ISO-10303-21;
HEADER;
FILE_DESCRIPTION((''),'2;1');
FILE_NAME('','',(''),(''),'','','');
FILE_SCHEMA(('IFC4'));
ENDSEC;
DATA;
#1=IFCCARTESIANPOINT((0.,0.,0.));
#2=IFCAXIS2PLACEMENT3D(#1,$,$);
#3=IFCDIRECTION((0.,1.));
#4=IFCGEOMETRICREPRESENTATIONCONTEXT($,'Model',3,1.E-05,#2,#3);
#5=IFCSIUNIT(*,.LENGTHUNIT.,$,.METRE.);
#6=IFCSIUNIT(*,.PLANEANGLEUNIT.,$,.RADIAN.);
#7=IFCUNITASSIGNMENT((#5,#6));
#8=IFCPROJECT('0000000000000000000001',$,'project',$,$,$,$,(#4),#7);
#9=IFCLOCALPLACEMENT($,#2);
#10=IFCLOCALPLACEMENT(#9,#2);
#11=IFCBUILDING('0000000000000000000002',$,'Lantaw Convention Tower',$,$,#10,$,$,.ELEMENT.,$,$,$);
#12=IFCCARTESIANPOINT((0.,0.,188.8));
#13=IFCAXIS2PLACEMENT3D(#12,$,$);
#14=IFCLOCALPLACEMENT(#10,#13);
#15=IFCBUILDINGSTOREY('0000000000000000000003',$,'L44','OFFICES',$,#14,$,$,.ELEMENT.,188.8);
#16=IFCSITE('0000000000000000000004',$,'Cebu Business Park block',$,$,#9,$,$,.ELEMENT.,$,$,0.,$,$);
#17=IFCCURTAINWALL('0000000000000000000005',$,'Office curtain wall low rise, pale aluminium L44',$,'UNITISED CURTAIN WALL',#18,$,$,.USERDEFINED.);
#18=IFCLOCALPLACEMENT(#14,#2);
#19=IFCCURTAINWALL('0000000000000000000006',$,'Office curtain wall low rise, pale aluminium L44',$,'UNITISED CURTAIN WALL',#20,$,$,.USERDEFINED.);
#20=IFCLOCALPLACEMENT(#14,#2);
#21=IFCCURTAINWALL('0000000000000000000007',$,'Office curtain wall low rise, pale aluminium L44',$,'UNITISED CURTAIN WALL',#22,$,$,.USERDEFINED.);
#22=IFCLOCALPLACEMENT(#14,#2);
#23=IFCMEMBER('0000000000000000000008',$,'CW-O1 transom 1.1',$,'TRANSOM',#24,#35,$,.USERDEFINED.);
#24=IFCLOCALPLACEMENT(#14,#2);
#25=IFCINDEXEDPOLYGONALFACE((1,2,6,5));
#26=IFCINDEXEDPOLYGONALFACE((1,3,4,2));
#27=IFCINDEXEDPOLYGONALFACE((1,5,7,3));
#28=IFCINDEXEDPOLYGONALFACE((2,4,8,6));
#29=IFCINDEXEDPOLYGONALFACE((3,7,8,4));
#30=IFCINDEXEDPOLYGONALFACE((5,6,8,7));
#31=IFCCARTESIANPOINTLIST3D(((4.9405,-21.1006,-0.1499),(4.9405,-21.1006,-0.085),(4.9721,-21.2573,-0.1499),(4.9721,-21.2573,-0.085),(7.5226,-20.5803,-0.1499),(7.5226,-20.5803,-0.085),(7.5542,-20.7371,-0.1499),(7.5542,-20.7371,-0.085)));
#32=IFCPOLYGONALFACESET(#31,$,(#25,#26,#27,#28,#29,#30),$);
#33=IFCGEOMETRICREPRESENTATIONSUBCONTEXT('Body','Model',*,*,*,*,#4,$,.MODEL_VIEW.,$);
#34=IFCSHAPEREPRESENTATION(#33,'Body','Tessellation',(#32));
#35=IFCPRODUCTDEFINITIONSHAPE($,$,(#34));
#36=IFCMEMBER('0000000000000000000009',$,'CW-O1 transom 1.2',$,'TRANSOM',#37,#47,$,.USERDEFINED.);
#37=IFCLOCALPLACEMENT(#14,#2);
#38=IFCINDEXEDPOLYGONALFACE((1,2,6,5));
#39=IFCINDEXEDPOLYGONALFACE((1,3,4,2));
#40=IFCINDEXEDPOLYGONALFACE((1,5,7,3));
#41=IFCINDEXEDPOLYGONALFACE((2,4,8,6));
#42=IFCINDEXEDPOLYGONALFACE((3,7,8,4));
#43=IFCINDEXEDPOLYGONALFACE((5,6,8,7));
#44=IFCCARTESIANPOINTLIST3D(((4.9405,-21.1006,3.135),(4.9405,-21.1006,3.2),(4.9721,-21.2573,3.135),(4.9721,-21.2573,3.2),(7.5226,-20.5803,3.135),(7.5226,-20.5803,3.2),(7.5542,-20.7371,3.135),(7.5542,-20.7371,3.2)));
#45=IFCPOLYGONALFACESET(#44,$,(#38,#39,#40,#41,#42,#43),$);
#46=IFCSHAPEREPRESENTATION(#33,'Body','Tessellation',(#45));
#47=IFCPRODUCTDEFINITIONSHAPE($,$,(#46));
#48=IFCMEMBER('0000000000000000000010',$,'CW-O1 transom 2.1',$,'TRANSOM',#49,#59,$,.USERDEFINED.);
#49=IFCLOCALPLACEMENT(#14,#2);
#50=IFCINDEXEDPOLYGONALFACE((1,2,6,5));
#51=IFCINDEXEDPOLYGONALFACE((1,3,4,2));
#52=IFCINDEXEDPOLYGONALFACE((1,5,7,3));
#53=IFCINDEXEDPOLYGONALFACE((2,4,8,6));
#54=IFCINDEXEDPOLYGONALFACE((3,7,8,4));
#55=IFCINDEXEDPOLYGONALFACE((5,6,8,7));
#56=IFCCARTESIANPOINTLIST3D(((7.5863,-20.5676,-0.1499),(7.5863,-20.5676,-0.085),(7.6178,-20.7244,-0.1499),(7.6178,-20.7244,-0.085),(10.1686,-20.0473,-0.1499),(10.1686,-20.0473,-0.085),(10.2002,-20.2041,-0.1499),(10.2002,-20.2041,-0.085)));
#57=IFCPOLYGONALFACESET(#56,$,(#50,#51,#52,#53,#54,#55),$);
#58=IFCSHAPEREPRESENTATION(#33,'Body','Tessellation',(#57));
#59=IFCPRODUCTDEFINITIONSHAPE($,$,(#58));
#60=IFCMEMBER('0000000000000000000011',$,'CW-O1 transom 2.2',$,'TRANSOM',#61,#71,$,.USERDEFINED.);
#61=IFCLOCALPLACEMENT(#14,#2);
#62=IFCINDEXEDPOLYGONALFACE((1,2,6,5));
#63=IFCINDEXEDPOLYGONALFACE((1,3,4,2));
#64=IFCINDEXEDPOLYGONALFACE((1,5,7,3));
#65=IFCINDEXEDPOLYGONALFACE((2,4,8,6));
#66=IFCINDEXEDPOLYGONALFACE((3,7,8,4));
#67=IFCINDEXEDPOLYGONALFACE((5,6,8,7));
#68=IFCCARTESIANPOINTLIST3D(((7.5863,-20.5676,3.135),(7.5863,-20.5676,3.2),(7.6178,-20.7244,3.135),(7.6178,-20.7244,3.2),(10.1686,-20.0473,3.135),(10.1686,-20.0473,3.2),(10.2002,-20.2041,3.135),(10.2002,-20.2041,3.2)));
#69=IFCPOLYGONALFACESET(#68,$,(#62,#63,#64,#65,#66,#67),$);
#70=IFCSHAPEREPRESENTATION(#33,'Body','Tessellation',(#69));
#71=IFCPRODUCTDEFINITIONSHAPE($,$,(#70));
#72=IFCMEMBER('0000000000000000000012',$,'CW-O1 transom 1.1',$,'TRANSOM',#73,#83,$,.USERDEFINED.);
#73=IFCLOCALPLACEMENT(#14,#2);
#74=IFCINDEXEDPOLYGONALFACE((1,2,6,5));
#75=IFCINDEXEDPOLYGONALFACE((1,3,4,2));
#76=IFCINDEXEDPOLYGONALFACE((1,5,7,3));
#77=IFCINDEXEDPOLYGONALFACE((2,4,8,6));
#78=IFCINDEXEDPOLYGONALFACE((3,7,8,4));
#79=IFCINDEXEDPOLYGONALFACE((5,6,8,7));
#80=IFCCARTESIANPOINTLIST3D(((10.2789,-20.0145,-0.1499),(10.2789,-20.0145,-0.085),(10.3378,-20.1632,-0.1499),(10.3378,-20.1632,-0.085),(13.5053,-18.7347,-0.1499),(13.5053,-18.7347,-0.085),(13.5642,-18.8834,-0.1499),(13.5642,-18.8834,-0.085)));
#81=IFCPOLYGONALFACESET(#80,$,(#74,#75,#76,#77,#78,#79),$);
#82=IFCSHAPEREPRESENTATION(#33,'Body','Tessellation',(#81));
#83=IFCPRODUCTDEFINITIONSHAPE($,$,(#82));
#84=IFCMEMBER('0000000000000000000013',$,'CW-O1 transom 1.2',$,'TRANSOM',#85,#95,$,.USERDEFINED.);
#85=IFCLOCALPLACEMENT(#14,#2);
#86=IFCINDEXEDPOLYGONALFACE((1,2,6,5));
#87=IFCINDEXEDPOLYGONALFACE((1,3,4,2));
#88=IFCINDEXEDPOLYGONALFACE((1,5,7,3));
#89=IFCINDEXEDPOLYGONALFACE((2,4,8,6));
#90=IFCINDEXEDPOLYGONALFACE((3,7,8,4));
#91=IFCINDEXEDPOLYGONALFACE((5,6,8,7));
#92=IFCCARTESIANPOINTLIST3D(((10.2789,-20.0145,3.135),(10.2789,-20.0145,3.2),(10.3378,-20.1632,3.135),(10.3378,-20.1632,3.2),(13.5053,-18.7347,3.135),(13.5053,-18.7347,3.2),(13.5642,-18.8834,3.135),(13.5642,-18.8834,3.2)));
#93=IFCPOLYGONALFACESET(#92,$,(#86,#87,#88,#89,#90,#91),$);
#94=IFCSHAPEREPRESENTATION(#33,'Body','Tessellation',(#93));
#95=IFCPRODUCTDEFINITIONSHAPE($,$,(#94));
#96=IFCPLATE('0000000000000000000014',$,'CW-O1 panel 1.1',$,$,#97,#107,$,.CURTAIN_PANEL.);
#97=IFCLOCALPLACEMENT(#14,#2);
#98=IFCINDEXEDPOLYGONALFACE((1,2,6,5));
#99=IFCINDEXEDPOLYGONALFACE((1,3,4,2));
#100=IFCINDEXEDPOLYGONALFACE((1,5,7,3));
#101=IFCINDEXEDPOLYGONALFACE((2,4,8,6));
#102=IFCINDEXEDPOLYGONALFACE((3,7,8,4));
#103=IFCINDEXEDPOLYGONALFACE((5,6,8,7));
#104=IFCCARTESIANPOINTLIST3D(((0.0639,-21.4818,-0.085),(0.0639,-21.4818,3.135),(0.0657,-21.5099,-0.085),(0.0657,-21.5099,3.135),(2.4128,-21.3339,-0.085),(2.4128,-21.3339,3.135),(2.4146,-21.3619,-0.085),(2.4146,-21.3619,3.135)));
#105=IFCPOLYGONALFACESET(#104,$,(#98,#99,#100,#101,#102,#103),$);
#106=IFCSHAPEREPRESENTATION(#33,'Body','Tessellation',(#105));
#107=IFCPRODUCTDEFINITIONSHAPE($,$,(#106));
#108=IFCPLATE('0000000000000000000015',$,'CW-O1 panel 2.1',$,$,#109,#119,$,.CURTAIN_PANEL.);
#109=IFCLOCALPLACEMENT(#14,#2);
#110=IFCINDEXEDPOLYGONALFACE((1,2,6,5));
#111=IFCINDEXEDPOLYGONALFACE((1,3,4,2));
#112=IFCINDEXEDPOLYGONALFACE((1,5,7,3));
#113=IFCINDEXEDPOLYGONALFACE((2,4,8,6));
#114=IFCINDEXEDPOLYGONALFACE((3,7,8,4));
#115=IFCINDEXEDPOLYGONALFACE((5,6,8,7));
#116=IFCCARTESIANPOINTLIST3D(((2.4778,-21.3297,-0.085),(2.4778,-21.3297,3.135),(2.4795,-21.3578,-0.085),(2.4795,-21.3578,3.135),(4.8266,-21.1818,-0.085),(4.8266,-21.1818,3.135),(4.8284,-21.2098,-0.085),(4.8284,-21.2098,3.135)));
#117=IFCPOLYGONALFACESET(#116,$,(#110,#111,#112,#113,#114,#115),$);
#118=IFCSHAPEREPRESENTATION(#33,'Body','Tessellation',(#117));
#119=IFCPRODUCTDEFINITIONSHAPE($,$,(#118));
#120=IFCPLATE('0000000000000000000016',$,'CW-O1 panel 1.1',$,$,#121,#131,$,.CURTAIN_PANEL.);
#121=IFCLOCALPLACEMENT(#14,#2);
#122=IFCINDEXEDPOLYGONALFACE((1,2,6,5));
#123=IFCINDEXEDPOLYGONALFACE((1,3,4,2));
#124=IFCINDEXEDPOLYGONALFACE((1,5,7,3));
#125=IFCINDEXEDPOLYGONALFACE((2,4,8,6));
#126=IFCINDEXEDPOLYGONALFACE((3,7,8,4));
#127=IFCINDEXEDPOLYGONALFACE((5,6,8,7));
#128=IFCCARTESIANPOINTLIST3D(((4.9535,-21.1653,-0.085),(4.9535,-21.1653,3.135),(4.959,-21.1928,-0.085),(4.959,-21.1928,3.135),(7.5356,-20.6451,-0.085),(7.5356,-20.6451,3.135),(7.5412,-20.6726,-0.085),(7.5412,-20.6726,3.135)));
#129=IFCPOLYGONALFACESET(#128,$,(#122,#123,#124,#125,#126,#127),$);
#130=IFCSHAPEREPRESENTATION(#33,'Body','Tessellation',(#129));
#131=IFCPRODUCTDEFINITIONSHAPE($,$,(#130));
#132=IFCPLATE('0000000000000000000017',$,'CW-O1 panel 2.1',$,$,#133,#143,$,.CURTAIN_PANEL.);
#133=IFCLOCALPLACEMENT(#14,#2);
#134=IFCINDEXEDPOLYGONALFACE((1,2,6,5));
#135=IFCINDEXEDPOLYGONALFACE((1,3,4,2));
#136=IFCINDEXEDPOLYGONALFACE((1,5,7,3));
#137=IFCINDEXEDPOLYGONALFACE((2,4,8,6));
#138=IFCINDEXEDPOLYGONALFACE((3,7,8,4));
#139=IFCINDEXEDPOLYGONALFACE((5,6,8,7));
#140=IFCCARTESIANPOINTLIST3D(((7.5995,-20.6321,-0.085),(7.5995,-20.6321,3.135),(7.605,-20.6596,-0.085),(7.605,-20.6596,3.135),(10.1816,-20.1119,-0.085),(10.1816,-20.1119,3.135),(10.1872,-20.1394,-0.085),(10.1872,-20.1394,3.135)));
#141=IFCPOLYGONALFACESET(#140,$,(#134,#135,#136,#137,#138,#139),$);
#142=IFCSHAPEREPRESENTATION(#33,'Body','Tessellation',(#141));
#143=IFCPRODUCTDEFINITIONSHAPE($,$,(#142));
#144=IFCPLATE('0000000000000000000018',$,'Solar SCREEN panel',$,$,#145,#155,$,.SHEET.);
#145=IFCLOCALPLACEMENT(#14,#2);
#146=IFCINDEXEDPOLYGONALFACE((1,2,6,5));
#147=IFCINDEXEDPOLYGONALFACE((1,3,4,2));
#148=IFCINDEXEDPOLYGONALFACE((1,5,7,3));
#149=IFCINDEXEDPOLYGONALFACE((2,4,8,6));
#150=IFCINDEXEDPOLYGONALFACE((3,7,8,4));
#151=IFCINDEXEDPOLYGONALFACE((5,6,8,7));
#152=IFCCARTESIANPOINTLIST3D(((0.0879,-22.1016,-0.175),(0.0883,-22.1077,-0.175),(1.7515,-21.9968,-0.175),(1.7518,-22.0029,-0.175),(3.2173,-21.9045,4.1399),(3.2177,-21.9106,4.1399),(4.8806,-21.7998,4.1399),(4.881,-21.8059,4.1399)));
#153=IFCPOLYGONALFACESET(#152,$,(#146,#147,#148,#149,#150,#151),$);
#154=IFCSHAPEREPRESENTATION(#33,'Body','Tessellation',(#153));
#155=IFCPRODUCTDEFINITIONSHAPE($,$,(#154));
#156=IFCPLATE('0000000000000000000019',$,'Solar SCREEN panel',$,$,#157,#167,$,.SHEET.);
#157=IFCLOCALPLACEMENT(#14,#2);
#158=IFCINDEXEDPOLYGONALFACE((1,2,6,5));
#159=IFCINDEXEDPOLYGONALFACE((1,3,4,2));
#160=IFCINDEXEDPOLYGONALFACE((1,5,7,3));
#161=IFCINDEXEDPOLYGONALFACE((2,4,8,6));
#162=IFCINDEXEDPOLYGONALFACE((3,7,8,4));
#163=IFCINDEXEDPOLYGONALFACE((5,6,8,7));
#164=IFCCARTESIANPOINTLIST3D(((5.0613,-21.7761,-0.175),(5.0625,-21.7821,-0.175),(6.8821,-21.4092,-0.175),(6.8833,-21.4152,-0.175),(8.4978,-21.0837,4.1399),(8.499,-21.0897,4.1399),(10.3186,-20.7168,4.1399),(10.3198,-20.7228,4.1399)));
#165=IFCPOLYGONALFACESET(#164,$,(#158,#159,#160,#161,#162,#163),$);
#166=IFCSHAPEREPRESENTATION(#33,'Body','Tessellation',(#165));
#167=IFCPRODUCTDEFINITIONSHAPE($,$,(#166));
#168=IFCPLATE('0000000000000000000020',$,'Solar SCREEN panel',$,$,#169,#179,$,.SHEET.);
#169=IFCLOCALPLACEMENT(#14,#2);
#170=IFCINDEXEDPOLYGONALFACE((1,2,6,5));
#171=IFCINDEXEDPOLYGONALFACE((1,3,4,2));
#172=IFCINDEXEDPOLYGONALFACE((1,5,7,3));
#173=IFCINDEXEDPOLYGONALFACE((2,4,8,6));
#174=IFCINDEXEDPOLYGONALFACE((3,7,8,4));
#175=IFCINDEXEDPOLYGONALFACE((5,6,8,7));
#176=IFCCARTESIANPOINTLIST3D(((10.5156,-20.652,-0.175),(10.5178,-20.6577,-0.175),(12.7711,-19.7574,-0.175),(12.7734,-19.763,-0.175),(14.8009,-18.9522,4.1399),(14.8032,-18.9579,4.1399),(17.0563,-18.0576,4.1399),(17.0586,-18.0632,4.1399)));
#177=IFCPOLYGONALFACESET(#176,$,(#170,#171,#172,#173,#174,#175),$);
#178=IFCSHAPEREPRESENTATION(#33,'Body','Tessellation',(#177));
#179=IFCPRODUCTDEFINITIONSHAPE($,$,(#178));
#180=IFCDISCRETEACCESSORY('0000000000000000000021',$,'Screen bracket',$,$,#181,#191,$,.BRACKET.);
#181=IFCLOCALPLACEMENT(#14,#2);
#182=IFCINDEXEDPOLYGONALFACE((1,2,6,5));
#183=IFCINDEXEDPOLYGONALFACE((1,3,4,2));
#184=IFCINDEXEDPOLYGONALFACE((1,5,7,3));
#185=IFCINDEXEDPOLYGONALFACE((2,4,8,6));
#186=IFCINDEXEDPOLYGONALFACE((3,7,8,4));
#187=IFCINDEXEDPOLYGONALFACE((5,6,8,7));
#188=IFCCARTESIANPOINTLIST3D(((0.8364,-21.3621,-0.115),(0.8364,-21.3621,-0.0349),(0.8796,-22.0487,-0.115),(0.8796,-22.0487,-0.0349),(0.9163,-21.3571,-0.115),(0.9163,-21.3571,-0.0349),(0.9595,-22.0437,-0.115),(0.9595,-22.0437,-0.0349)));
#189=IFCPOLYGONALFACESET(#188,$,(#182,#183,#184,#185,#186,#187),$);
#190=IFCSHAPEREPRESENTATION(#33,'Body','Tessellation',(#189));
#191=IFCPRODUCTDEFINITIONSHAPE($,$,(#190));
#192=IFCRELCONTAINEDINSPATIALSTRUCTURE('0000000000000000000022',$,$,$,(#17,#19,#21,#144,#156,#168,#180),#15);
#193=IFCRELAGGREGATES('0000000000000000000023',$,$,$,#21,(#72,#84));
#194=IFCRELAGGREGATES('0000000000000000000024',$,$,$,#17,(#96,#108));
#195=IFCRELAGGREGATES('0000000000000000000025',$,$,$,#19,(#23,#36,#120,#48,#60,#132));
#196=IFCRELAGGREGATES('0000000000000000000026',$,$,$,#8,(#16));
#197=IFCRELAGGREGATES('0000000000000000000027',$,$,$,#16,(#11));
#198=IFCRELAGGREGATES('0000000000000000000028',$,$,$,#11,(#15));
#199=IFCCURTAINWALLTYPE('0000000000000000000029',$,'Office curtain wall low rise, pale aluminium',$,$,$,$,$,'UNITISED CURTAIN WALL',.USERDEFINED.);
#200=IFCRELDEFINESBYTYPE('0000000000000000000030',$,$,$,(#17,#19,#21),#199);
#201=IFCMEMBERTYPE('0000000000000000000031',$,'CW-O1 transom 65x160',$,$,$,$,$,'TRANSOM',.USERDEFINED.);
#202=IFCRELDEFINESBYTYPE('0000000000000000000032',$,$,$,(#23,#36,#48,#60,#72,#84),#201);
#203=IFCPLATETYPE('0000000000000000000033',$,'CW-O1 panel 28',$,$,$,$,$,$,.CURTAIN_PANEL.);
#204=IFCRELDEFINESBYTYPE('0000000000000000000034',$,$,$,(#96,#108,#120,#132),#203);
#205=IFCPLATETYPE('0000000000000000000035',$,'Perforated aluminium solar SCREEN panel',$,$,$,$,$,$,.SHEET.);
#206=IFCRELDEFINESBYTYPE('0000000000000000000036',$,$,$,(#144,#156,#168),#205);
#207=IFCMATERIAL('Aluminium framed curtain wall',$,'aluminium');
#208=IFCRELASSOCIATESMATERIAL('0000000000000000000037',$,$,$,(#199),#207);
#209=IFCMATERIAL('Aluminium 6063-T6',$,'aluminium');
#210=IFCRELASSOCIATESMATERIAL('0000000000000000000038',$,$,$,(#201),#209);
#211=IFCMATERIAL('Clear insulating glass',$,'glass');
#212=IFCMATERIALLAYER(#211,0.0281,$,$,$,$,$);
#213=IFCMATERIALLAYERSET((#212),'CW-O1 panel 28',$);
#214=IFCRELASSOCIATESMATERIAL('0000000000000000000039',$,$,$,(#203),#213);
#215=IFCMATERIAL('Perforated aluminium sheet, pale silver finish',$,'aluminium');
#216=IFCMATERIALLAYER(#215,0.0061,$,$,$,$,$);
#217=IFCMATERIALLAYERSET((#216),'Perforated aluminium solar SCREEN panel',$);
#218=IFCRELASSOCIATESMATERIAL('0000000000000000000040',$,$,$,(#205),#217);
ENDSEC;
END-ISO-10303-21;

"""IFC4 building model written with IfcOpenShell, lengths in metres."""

from ifc_helpers import new_model, si_unit, direction, frame, origin, origin_2d, place, context, subcontext, project, spatial, polyline, rectangle, outline, extrude, material, layer, layer_set, material_profile, profile_set, type_object, element, aggregate, save


model = new_model("IFC4")

# Units and contexts
model_context = context("Model", 3, precision=1e-05, world=origin(), true_north=direction((0.0, 1.0)))
body_context = subcontext(model_context, "Body", "Model", "MODEL_VIEW")
ifc_project = project(units=[si_unit("LENGTHUNIT", "METRE"), si_unit("PLANEANGLEUNIT", "RADIAN")], contexts=[model_context])

# Site, building, storey
site_placement = place(None, origin())
site = spatial("IfcSite", under=ifc_project, at=site_placement, Name="Cebu Business Park block", CompositionType="ELEMENT", RefElevation=0.0)
building_placement = place(site_placement, origin())
building = spatial("IfcBuilding", under=site, at=building_placement, Name="Lantaw Convention Tower", CompositionType="ELEMENT")
storey_placement = place(building_placement, frame((0.0, 0.0, 188.8)))
storey = spatial("IfcBuildingStorey", under=building, at=storey_placement, Name="L44", Description="OFFICES", CompositionType="ELEMENT", Elevation=188.8)

# Curtain walls
ifc_material_1 = material(Name="Aluminium framed curtain wall", Category="aluminium")
curtain_wall_type = type_object("IfcCurtainWallType", Name="Office curtain wall low rise, pale aluminium", ElementType="UNITISED CURTAIN WALL", PredefinedType="USERDEFINED", material=ifc_material_1)
curtain_wall_1_placement = place(storey_placement, origin())
curtain_wall_1 = element("IfcCurtainWall", 1, at=curtain_wall_1_placement, inside=storey, type_object=curtain_wall_type, Name="Office curtain wall low rise, pale aluminium L44", ObjectType="UNITISED CURTAIN WALL", PredefinedType="USERDEFINED")
ifc_material_2 = material(Name="Aluminium 6063-T6", Category="aluminium")
curtain_wall_2_placement = place(storey_placement, origin())
curtain_wall_2 = element("IfcCurtainWall", 2, at=curtain_wall_2_placement, inside=storey, type_object=curtain_wall_type, Name="Office curtain wall low rise, pale aluminium L44", ObjectType="UNITISED CURTAIN WALL", PredefinedType="USERDEFINED")

# Curtain wall
curtain_wall_3_placement = place(storey_placement, origin())
curtain_wall_3 = element("IfcCurtainWall", 3, at=curtain_wall_3_placement, inside=storey, type_object=curtain_wall_type, Name="Office curtain wall low rise, pale aluminium L44", ObjectType="UNITISED CURTAIN WALL", PredefinedType="USERDEFINED")

# Members
ifc_material_profile_1 = material_profile(ifc_material_2, rectangle(XDim=0.1599, YDim=0.0649, at=origin_2d()), Name="CW-O1 transom 65x160")
ifc_profile_set_1 = profile_set([ifc_material_profile_1], Name="Aluminium 6063-T6")
member_type_1 = type_object("IfcMemberType", Name="CW-O1 transom 65x160", ElementType="TRANSOM", PredefinedType="USERDEFINED", material=ifc_profile_set_1)
member_1_placement = place(storey_placement, frame((4.9563, -21.179, -0.1174), z_axis=(0.980298, 0.197524, 0.0), x_axis=(-0.197524, 0.980298, 0.0)))
member_1 = element("IfcMember", 4, at=member_1_placement, type_object=member_type_1, Name="CW-O1 transom 1.1", ObjectType="TRANSOM", PredefinedType="USERDEFINED", context=body_context, shape_type="SweptSolid", body=[
    extrude(rectangle(XDim=0.1599, YDim=0.0649, at=origin_2d()), origin(), (0.0, 0.0, 1.0), 2.634),
])
member_2_placement = place(storey_placement, frame((4.9563, -21.179, 3.1675), z_axis=(0.980298, 0.197524, 0.0), x_axis=(-0.197524, 0.980298, 0.0)))
member_2 = element("IfcMember", 5, at=member_2_placement, type_object=member_type_1, Name="CW-O1 transom 1.2", ObjectType="TRANSOM", PredefinedType="USERDEFINED", context=body_context, shape_type="SweptSolid", body=[
    extrude(rectangle(XDim=0.1599, YDim=0.0649, at=origin_2d()), origin(), (0.0, 0.0, 1.0), 2.634),
])
member_3_placement = place(storey_placement, frame((7.6021, -20.646, -0.1174), z_axis=(0.980302, 0.197506, 0.0), x_axis=(-0.197506, 0.980302, 0.0)))
member_3 = element("IfcMember", 6, at=member_3_placement, type_object=member_type_1, Name="CW-O1 transom 2.1", ObjectType="TRANSOM", PredefinedType="USERDEFINED", context=body_context, shape_type="SweptSolid", body=[
    extrude(rectangle(XDim=0.1599, YDim=0.0649, at=origin_2d()), origin(), (0.0, 0.0, 1.0), 2.6343),
])
member_4_placement = place(storey_placement, frame((7.6021, -20.646, 3.1675), z_axis=(0.980302, 0.197506, 0.0), x_axis=(-0.197506, 0.980302, 0.0)))
member_4 = element("IfcMember", 7, at=member_4_placement, type_object=member_type_1, Name="CW-O1 transom 2.2", ObjectType="TRANSOM", PredefinedType="USERDEFINED", context=body_context, shape_type="SweptSolid", body=[
    extrude(rectangle(XDim=0.1599, YDim=0.0649, at=origin_2d()), origin(), (0.0, 0.0, 1.0), 2.6343),
])
member_5_placement = place(storey_placement, frame((10.3083, -20.0889, -0.1174), z_axis=(0.92954, 0.368721, 0.0), x_axis=(-0.368721, 0.92954, 0.0)))
member_5 = element("IfcMember", 8, at=member_5_placement, type_object=member_type_1, Name="CW-O1 transom 1.1", ObjectType="TRANSOM", PredefinedType="USERDEFINED", context=body_context, shape_type="SweptSolid", body=[
    extrude(rectangle(XDim=0.1599, YDim=0.0649, at=origin_2d()), origin(), (0.0, 0.0, 1.0), 3.4709),
])
member_6_placement = place(storey_placement, frame((10.3083, -20.0889, 3.1675), z_axis=(0.92954, 0.368721, 0.0), x_axis=(-0.368721, 0.92954, 0.0)))
member_6 = element("IfcMember", 9, at=member_6_placement, type_object=member_type_1, Name="CW-O1 transom 1.2", ObjectType="TRANSOM", PredefinedType="USERDEFINED", context=body_context, shape_type="SweptSolid", body=[
    extrude(rectangle(XDim=0.1599, YDim=0.0649, at=origin_2d()), origin(), (0.0, 0.0, 1.0), 3.4709),
])
aggregate(curtain_wall_3, [member_5, member_6])

# Plates
ifc_material_3 = material(Name="Clear insulating glass", Category="glass")
ifc_layer_1 = layer(ifc_material_3, 0.0281)
ifc_layer_set_1 = layer_set([ifc_layer_1], Name="CW-O1 panel 28")
plate_type_1 = type_object("IfcPlateType", Name="CW-O1 panel 28", PredefinedType="CURTAIN_PANEL", material=ifc_layer_set_1)
plate_1_placement = place(storey_placement, frame((1.2393, -21.4219, -0.085), z_axis=(0.0, 0.0, 1.0), x_axis=(0.998022, 0.062865, 0.0)))
plate_1 = element("IfcPlate", 10, at=plate_1_placement, type_object=plate_type_1, Name="CW-O1 panel 1.1", PredefinedType="CURTAIN_PANEL", context=body_context, shape_type="SweptSolid", body=[
    extrude(rectangle(XDim=2.3535, YDim=0.0281, at=origin_2d()), origin(), (0.0, 0.0, 1.0), 3.22),
])
plate_2_placement = place(storey_placement, frame((3.6531, -21.2698, -0.085), z_axis=(0.0, 0.0, 1.0), x_axis=(0.998022, 0.062865, 0.0)))
plate_2 = element("IfcPlate", 11, at=plate_2_placement, type_object=plate_type_1, Name="CW-O1 panel 2.1", PredefinedType="CURTAIN_PANEL", context=body_context, shape_type="SweptSolid", body=[
    extrude(rectangle(XDim=2.3535, YDim=0.0281, at=origin_2d()), origin(), (0.0, 0.0, 1.0), 3.22),
])
aggregate(curtain_wall_1, [plate_1, plate_2])
plate_3_placement = place(storey_placement, frame((6.2473, -20.9189, -0.085), z_axis=(0.0, 0.0, 1.0), x_axis=(0.980302, 0.197507, 0.0)))
plate_3 = element("IfcPlate", 12, at=plate_3_placement, type_object=plate_type_1, Name="CW-O1 panel 1.1", PredefinedType="CURTAIN_PANEL", context=body_context, shape_type="SweptSolid", body=[
    extrude(rectangle(XDim=2.634, YDim=0.0281, at=origin_2d()), origin(), (0.0, 0.0, 1.0), 3.22),
])
plate_4_placement = place(storey_placement, frame((8.8933, -20.3857, -0.085), z_axis=(0.0, 0.0, 1.0), x_axis=(0.980302, 0.197507, 0.0)))
plate_4 = element("IfcPlate", 13, at=plate_4_placement, type_object=plate_type_1, Name="CW-O1 panel 2.1", PredefinedType="CURTAIN_PANEL", context=body_context, shape_type="SweptSolid", body=[
    extrude(rectangle(XDim=2.634, YDim=0.0281, at=origin_2d()), origin(), (0.0, 0.0, 1.0), 3.22),
])
aggregate(curtain_wall_2, [member_1, member_2, plate_3, member_3, member_4, plate_4])

# Plates
ifc_material_4 = material(Name="Perforated aluminium sheet, pale silver finish", Category="aluminium")
ifc_layer_2 = layer(ifc_material_4, 0.0061)
ifc_layer_set_2 = layer_set([ifc_layer_2], Name="Perforated aluminium solar SCREEN panel")
plate_type_2 = type_object("IfcPlateType", Name="Perforated aluminium solar SCREEN panel", PredefinedType="SHEET", material=ifc_layer_set_2)
plate_5_placement = place(storey_placement, frame((0.0879, -22.1016, -0.175), z_axis=(-0.062839, 0.998024, 0.000002), x_axis=(0.998024, 0.062839, 0.0)))
element("IfcPlate", 14, at=plate_5_placement, inside=storey, type_object=plate_type_2, Name="Solar SCREEN panel", PredefinedType="SHEET", context=body_context, shape_type="SweptSolid", body=[
    extrude(outline(polyline([(0.0, 0.0), (1.6669, 0.0), (4.8022, -4.3149), (3.1356, -4.3149), (0.0, 0.0)])), origin(), (0.0, 0.0, -1.0), 0.0061),
])
plate_6_placement = place(storey_placement, frame((5.0613, -21.7761, -0.175), z_axis=(-0.197557, 0.980291, 0.00004), x_axis=(0.980291, 0.197557, 0.0)))
element("IfcPlate", 15, at=plate_6_placement, inside=storey, type_object=plate_type_2, Name="Solar SCREEN panel", PredefinedType="SHEET", context=body_context, shape_type="SweptSolid", body=[
    extrude(outline(polyline([(0.0, 0.0), (1.8574, 0.0), (5.363, -4.3149), (3.5056, -4.3149), (0.0, 0.0)])), origin(), (0.0, 0.0, -1.0), 0.0061),
])
plate_7_placement = place(storey_placement, frame((10.5178, -20.6577, -0.175), z_axis=(0.368709, -0.929545, 0.000011), x_axis=(0.929545, 0.368709, 0.0)))
element("IfcPlate", 16, at=plate_7_placement, inside=storey, type_object=plate_type_2, Name="Solar SCREEN panel", PredefinedType="SHEET", context=body_context, shape_type="SweptSolid", body=[
    extrude(outline(polyline([(0.0, 0.0), (2.4265, 0.0), (7.0365, 4.3149), (4.6102, 4.3149), (0.0, 0.0)])), origin(), (0.0, 0.0, -1.0), 0.0061),
])

# Discrete accessory
for number, where, z_axis, x_axis, name in (
    (17, (0.8979, -21.7029, -0.115), (0.0, 0.0, 1.0), (0.998022, 0.062865, 0.0), "Screen bracket"),
):
    element("IfcDiscreteAccessory", number, at=place(storey_placement, frame(where, z_axis=z_axis, x_axis=x_axis)), inside=storey, Name=name, PredefinedType="BRACKET", context=body_context, shape_type="SweptSolid", body=[
        extrude(rectangle(XDim=0.0801, YDim=0.688, at=origin_2d()), origin(), (0.0, 0.0, 1.0), 0.0801),
    ])

save(model, "model.ifc")
